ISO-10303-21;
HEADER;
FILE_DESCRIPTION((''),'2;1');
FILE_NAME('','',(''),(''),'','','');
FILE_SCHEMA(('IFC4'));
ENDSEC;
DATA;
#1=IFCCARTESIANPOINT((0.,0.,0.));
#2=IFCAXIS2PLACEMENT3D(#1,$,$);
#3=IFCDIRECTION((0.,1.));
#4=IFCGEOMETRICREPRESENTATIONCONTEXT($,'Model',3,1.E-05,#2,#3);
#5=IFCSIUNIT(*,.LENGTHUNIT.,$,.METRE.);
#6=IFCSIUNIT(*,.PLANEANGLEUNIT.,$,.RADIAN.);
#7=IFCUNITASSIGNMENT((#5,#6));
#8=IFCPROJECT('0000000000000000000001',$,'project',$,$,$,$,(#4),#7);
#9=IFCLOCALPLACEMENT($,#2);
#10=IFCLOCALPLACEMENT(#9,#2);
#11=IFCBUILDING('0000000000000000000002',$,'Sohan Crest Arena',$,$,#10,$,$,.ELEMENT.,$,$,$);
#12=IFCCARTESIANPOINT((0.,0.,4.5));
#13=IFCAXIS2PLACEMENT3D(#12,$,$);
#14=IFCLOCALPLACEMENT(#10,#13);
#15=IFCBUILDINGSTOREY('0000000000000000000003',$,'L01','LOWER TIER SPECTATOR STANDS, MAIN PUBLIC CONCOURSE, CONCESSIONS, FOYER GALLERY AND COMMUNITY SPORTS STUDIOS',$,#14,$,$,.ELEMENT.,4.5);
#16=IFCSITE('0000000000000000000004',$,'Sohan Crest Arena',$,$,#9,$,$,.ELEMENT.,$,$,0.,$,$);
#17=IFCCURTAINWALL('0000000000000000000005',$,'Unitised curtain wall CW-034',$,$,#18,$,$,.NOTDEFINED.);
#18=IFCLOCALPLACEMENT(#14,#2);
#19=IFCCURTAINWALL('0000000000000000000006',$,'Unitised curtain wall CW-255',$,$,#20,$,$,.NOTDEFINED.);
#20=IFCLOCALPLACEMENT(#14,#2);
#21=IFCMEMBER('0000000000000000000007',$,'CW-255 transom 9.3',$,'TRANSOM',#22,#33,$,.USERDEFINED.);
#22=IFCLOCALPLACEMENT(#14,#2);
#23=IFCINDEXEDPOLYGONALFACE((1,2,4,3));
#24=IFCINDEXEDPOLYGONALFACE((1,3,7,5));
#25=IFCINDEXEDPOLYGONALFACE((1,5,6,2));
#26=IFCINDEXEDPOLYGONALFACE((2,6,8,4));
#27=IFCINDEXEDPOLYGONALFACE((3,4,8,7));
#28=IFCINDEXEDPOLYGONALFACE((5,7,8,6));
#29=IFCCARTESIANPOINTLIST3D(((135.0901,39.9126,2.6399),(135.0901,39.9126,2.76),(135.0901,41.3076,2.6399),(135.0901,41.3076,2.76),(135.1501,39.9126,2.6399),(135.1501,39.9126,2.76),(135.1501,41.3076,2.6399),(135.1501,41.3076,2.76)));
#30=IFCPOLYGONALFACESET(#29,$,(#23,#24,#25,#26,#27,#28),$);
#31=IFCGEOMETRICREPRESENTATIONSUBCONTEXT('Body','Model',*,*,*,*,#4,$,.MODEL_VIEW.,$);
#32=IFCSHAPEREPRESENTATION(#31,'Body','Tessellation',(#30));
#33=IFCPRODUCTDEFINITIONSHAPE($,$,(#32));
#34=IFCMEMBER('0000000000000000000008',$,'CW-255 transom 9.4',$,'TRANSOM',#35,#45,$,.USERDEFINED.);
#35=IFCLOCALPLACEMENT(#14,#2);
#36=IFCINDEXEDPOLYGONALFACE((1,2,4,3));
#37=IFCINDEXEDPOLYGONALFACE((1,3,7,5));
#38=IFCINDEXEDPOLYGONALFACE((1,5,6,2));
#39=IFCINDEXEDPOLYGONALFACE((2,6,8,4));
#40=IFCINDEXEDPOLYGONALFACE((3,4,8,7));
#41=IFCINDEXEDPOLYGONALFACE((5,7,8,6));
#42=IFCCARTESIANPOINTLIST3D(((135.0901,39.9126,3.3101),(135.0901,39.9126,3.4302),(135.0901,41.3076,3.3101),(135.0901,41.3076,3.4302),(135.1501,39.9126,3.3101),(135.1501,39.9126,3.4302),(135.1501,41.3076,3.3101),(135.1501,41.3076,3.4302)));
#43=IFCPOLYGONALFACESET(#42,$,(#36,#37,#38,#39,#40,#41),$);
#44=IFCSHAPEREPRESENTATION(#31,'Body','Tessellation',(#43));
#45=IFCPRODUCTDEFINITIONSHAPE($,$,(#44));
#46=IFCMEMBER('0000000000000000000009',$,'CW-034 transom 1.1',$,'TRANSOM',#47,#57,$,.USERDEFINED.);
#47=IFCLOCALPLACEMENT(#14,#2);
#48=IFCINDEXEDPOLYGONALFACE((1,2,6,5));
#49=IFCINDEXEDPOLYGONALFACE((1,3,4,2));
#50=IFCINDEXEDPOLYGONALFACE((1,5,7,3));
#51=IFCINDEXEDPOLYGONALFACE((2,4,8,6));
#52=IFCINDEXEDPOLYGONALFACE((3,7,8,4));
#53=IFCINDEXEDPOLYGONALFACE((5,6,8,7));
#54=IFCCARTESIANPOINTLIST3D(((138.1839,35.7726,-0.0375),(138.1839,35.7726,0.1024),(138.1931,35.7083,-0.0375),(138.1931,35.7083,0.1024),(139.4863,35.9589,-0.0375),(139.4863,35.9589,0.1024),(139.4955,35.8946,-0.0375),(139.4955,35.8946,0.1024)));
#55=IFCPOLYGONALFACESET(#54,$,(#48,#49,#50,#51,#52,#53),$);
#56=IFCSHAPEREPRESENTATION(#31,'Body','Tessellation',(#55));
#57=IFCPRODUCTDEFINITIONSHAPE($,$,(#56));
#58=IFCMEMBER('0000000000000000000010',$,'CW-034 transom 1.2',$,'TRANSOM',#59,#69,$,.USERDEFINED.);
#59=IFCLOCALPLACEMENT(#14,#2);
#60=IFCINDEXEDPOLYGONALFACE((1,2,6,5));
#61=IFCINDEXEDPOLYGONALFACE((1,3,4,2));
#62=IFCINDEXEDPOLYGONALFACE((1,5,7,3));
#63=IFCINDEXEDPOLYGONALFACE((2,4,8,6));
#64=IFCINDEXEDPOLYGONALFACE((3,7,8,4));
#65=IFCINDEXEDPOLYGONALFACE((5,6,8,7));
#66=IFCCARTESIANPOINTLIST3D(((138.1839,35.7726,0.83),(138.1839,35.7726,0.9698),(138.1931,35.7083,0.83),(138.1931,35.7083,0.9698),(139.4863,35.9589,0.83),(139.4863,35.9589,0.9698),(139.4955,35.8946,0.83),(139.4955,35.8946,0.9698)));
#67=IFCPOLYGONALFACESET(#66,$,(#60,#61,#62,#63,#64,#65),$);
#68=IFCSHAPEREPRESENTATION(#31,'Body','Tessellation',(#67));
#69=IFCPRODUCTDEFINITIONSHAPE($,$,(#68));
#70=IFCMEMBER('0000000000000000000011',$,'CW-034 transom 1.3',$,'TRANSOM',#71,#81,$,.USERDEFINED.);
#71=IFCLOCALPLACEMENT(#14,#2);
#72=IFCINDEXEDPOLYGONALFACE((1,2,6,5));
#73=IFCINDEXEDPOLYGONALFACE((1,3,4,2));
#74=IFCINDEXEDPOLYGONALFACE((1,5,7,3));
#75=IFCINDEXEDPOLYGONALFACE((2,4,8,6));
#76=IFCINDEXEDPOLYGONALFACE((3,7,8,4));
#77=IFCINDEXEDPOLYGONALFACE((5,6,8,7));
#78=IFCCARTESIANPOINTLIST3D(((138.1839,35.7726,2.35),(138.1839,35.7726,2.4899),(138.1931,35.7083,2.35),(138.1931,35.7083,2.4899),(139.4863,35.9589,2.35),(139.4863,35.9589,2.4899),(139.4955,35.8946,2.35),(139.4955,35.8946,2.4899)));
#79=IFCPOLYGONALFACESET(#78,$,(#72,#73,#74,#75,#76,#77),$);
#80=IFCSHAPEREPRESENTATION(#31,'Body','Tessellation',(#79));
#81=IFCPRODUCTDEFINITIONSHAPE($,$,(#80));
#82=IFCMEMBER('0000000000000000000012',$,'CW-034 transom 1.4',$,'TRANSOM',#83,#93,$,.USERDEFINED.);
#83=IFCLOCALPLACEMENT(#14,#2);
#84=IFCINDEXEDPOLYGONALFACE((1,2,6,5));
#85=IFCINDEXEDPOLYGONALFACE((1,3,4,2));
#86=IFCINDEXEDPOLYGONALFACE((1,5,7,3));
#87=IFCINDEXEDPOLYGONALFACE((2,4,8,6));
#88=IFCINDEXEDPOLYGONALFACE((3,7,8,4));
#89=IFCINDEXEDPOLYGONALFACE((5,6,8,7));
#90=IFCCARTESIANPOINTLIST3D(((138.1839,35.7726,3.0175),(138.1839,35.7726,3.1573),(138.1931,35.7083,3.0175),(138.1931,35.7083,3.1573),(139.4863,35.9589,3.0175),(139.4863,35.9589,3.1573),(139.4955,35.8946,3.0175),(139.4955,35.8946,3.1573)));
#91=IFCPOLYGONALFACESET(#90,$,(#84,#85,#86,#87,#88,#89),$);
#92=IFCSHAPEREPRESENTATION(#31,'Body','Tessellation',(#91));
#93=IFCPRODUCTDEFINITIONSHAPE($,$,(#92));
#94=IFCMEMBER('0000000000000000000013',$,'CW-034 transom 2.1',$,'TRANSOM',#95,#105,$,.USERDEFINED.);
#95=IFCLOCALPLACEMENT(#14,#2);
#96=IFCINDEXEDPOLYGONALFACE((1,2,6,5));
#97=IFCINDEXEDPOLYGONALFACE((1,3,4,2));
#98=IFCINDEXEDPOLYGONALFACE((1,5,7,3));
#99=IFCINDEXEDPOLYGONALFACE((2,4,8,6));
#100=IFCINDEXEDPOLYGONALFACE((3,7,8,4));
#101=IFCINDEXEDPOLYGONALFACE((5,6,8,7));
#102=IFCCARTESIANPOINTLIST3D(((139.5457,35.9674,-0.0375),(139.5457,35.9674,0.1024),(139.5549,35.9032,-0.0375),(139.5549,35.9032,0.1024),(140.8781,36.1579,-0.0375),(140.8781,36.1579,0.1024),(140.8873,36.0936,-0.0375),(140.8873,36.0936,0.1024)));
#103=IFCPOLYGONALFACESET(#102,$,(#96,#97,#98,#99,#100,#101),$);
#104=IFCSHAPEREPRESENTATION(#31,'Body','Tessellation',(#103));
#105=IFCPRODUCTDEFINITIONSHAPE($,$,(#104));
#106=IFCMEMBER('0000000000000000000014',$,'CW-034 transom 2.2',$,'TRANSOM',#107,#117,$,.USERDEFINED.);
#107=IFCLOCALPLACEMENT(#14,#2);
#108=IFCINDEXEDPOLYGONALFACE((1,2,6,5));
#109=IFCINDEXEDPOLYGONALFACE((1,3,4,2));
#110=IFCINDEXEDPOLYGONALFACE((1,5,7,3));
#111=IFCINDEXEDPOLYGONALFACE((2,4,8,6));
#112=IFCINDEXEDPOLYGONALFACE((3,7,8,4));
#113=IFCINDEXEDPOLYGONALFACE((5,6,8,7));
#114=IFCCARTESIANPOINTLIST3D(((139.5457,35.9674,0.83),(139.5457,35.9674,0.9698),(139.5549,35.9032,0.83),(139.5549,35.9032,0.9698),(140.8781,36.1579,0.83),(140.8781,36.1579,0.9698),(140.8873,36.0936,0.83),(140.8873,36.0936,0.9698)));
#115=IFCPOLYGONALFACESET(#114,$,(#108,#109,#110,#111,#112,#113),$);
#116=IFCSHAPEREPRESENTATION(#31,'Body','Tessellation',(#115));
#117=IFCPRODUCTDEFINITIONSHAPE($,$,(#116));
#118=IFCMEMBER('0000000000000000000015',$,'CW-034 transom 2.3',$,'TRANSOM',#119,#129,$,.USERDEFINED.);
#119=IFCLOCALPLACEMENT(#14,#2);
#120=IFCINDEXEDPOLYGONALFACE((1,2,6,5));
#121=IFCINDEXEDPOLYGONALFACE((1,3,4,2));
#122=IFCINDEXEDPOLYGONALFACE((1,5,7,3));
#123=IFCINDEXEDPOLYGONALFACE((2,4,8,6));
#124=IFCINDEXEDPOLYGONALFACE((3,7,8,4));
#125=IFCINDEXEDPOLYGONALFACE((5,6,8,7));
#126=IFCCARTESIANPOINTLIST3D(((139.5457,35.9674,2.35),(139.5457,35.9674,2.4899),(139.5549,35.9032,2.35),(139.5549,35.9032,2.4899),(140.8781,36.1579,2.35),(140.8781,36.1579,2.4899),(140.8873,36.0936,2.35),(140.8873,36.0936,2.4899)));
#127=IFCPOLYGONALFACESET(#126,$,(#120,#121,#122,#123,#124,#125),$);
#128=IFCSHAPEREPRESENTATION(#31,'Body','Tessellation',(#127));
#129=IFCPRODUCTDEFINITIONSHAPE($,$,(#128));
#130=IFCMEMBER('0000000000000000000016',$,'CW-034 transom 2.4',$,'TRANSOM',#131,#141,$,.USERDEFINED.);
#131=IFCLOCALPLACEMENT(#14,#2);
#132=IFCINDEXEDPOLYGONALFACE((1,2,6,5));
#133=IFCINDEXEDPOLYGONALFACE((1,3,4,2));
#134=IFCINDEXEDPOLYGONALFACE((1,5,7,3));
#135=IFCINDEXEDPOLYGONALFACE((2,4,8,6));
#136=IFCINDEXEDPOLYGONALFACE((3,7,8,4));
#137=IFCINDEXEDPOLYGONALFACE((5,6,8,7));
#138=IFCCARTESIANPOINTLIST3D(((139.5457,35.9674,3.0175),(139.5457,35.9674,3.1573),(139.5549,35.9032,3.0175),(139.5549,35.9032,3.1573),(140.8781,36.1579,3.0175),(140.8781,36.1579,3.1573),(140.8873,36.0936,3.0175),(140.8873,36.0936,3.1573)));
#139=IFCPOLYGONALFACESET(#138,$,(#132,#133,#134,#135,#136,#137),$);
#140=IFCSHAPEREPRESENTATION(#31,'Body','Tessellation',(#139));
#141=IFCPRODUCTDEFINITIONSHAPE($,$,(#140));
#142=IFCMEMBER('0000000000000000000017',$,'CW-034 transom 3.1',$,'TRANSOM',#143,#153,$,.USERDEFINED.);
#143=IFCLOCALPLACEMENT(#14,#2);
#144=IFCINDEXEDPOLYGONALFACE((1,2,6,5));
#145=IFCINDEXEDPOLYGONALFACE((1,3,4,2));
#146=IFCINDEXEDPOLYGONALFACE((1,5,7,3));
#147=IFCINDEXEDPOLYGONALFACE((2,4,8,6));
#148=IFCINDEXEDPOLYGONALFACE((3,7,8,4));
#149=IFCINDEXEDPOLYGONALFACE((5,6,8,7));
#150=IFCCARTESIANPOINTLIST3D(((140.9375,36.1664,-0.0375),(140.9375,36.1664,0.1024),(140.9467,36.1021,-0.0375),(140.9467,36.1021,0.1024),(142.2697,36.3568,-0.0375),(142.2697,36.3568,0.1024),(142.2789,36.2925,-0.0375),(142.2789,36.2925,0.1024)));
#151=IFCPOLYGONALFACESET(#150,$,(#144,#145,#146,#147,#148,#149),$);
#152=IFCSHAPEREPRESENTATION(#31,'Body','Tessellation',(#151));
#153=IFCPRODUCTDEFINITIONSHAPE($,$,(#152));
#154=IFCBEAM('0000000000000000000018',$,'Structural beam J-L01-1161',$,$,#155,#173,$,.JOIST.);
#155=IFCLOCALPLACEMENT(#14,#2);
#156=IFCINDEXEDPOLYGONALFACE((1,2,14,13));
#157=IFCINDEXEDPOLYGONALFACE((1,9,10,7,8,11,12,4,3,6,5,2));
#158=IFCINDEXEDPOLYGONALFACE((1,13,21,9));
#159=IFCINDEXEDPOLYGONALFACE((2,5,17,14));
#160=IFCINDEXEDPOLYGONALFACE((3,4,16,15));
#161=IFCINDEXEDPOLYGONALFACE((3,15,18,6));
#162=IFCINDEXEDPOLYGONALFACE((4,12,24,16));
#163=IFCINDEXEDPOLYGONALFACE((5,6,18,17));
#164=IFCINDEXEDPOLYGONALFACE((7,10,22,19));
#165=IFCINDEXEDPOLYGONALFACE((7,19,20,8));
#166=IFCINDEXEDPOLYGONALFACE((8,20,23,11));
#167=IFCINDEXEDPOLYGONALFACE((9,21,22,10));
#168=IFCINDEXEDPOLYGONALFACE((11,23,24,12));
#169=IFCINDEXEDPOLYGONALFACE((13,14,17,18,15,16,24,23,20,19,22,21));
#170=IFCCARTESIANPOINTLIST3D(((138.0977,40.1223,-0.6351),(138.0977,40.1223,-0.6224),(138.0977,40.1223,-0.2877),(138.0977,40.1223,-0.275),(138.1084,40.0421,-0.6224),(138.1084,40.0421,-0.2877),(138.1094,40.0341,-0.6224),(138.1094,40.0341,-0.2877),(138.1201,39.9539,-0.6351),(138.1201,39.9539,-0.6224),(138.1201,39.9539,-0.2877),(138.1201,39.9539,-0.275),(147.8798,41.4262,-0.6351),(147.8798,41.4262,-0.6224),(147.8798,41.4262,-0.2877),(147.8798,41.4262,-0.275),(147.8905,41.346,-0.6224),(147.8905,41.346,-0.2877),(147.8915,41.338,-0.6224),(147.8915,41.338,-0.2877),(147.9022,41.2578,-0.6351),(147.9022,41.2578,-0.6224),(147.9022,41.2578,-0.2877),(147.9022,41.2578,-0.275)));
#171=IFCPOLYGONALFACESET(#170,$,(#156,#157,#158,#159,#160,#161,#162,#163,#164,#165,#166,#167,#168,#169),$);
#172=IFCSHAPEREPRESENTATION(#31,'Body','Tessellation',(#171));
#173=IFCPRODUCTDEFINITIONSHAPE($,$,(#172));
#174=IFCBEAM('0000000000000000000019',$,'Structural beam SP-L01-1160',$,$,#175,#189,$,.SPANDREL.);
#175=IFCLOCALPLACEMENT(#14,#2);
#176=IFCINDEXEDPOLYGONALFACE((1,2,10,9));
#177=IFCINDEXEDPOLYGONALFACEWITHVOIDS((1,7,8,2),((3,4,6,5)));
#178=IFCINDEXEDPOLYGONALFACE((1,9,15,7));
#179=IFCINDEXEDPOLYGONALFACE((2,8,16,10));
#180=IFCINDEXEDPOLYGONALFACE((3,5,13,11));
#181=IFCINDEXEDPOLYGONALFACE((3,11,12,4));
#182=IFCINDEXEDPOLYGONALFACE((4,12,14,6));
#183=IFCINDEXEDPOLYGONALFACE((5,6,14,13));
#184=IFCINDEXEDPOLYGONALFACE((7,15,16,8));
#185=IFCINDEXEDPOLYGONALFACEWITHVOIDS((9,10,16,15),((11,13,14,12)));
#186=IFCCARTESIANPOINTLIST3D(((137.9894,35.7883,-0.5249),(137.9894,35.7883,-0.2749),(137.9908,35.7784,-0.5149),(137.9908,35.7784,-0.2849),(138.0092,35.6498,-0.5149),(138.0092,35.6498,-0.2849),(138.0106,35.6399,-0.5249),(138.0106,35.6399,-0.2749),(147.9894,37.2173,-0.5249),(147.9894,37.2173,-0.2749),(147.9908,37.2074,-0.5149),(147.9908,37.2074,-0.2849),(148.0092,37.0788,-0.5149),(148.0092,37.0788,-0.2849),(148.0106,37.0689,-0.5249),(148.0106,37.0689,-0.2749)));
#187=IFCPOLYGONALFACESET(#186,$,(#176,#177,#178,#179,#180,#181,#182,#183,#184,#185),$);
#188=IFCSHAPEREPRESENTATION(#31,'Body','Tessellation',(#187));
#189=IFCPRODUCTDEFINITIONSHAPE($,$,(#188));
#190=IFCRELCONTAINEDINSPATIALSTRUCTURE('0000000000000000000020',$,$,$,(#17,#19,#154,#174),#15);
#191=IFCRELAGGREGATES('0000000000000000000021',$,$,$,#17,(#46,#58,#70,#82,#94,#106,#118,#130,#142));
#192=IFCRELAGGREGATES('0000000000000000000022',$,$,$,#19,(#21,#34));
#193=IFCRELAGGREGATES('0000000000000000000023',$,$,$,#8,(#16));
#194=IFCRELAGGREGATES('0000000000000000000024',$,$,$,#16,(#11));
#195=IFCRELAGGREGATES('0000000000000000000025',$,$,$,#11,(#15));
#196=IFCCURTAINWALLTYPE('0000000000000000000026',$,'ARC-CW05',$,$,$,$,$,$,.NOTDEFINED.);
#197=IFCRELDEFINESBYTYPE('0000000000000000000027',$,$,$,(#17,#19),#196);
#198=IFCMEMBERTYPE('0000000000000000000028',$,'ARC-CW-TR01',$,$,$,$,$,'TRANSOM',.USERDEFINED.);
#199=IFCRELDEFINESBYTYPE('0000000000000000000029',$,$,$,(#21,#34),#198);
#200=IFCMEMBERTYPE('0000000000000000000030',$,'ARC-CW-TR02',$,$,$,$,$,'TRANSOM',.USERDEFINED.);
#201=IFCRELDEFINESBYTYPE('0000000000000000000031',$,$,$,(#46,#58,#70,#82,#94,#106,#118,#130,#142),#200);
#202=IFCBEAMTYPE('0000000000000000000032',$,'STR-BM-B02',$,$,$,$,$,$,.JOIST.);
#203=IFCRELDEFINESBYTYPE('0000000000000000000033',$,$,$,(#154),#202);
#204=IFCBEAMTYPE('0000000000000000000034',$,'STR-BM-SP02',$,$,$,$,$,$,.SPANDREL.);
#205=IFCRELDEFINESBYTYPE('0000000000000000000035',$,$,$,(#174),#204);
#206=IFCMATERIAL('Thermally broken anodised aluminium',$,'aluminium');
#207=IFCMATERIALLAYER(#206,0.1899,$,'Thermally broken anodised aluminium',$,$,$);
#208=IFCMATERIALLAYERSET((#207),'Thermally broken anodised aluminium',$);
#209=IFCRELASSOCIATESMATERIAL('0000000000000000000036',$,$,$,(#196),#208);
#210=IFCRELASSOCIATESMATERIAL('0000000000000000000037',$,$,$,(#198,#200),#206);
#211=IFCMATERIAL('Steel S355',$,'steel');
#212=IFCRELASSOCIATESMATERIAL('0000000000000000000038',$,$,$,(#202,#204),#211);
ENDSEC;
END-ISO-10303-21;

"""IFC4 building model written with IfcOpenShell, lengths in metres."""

from ifc_helpers import new_model, si_unit, direction, frame, origin, origin_2d, place, context, subcontext, project, spatial, rectangle, hollow_rectangle, i_section, extrude, material, layer, layer_set, material_profile, profile_set, type_object, element, aggregate, save


model = new_model("IFC4")

# Units and contexts
model_context = context("Model", 3, precision=1e-05, world=origin(), true_north=direction((0.0, 1.0)))
body_context = subcontext(model_context, "Body", "Model", "MODEL_VIEW")
ifc_project = project(units=[si_unit("LENGTHUNIT", "METRE"), si_unit("PLANEANGLEUNIT", "RADIAN")], contexts=[model_context])

# Site, building, storey
site_placement = place(None, origin())
site = spatial("IfcSite", under=ifc_project, at=site_placement, Name="Sohan Crest Arena", CompositionType="ELEMENT", RefElevation=0.0)
building_placement = place(site_placement, origin())
building = spatial("IfcBuilding", under=site, at=building_placement, Name="Sohan Crest Arena", CompositionType="ELEMENT")
storey_placement = place(building_placement, frame((0.0, 0.0, 4.5)))
storey = spatial("IfcBuildingStorey", under=building, at=storey_placement, Name="L01", Description="LOWER TIER SPECTATOR STANDS, MAIN PUBLIC CONCOURSE, CONCESSIONS, FOYER GALLERY AND COMMUNITY SPORTS STUDIOS", CompositionType="ELEMENT", Elevation=4.5)

# Shared definitions
ifc_material_1 = material(Name="Steel S355", Category="steel")

# Curtain wall
ifc_material_2 = material(Name="Thermally broken anodised aluminium", Category="aluminium")
ifc_layer_1 = layer(ifc_material_2, 0.1899, Name="Thermally broken anodised aluminium")
ifc_layer_set_1 = layer_set([ifc_layer_1], Name="Thermally broken anodised aluminium")
curtain_wall_type_1 = type_object("IfcCurtainWallType", Name="ARC-CW05", PredefinedType="NOTDEFINED", material=ifc_layer_set_1)
curtain_wall_1_placement = place(storey_placement, origin())
curtain_wall_1 = element("IfcCurtainWall", 1, at=curtain_wall_1_placement, inside=storey, type_object=curtain_wall_type_1, Name="Unitised curtain wall CW-034", PredefinedType="NOTDEFINED")

# Curtain wall
curtain_wall_2_placement = place(storey_placement, origin())
curtain_wall_2 = element("IfcCurtainWall", 2, at=curtain_wall_2_placement, inside=storey, type_object=curtain_wall_type_1, Name="Unitised curtain wall CW-255", PredefinedType="NOTDEFINED")

# Shared definitions
ifc_material_profile_1 = material_profile(ifc_material_2, rectangle(XDim=0.0601, YDim=0.1201, at=origin_2d()), Name="ALU-TRAN 60x120")
ifc_profile_set_1 = profile_set([ifc_material_profile_1], Name="Thermally broken anodised aluminium")
member_type_1 = type_object("IfcMemberType", Name="ARC-CW-TR01", ElementType="TRANSOM", PredefinedType="USERDEFINED", material=ifc_profile_set_1)

# Members
member_1_placement = place(storey_placement, frame((135.1201, 39.9126, 2.7), z_axis=(0.0, 1.0, 0.0), x_axis=(-1.0, 0.0, 0.0)))
member_1 = element("IfcMember", 3, at=member_1_placement, type_object=member_type_1, Name="CW-255 transom 9.3", ObjectType="TRANSOM", PredefinedType="USERDEFINED", context=body_context, shape_type="SweptSolid", body=[
    extrude(rectangle(XDim=0.0601, YDim=0.1201, at=origin_2d()), origin(), (0.0, 0.0, 1.0), 1.395),
])
member_2_placement = place(storey_placement, frame((135.1201, 39.9126, 3.3701), z_axis=(0.0, 1.0, 0.0), x_axis=(-1.0, 0.0, 0.0)))
member_2 = element("IfcMember", 4, at=member_2_placement, type_object=member_type_1, Name="CW-255 transom 9.4", ObjectType="TRANSOM", PredefinedType="USERDEFINED", context=body_context, shape_type="SweptSolid", body=[
    extrude(rectangle(XDim=0.0601, YDim=0.1201, at=origin_2d()), origin(), (0.0, 0.0, 1.0), 1.395),
])
ifc_material_profile_2 = material_profile(ifc_material_2, rectangle(XDim=0.0649, YDim=0.1399, at=origin_2d()), Name="ALU-TRAN 65x140")
ifc_profile_set_2 = profile_set([ifc_material_profile_2], Name="Thermally broken anodised aluminium")
member_type_2 = type_object("IfcMemberType", Name="ARC-CW-TR02", ElementType="TRANSOM", PredefinedType="USERDEFINED", material=ifc_profile_set_2)
member_3_placement = place(storey_placement, frame((138.1885, 35.7405, 0.0325), z_axis=(0.989927, 0.141577, 0.0), x_axis=(-0.141577, 0.989927, 0.0)))
member_3 = element("IfcMember", 5, at=member_3_placement, type_object=member_type_2, Name="CW-034 transom 1.1", ObjectType="TRANSOM", PredefinedType="USERDEFINED", context=body_context, shape_type="SweptSolid", body=[
    extrude(rectangle(XDim=0.0649, YDim=0.1399, at=origin_2d()), origin(), (0.0, 0.0, 1.0), 1.3157),
])
member_4_placement = place(storey_placement, frame((138.1885, 35.7405, 0.8999), z_axis=(0.989927, 0.141577, 0.0), x_axis=(-0.141577, 0.989927, 0.0)))
member_4 = element("IfcMember", 6, at=member_4_placement, type_object=member_type_2, Name="CW-034 transom 1.2", ObjectType="TRANSOM", PredefinedType="USERDEFINED", context=body_context, shape_type="SweptSolid", body=[
    extrude(rectangle(XDim=0.0649, YDim=0.1399, at=origin_2d()), origin(), (0.0, 0.0, 1.0), 1.3157),
])
member_5_placement = place(storey_placement, frame((138.1885, 35.7405, 2.4199), z_axis=(0.989927, 0.141577, 0.0), x_axis=(-0.141577, 0.989927, 0.0)))
member_5 = element("IfcMember", 7, at=member_5_placement, type_object=member_type_2, Name="CW-034 transom 1.3", ObjectType="TRANSOM", PredefinedType="USERDEFINED", context=body_context, shape_type="SweptSolid", body=[
    extrude(rectangle(XDim=0.0649, YDim=0.1399, at=origin_2d()), origin(), (0.0, 0.0, 1.0), 1.3157),
])
member_6_placement = place(storey_placement, frame((138.1885, 35.7405, 3.0874), z_axis=(0.989927, 0.141577, 0.0), x_axis=(-0.141577, 0.989927, 0.0)))
member_6 = element("IfcMember", 8, at=member_6_placement, type_object=member_type_2, Name="CW-034 transom 1.4", ObjectType="TRANSOM", PredefinedType="USERDEFINED", context=body_context, shape_type="SweptSolid", body=[
    extrude(rectangle(XDim=0.0649, YDim=0.1399, at=origin_2d()), origin(), (0.0, 0.0, 1.0), 1.3157),
])
member_7_placement = place(storey_placement, frame((139.5503, 35.9353, 0.0325), z_axis=(0.989942, 0.141472, 0.0), x_axis=(-0.141472, 0.989942, 0.0)))
member_7 = element("IfcMember", 9, at=member_7_placement, type_object=member_type_2, Name="CW-034 transom 2.1", ObjectType="TRANSOM", PredefinedType="USERDEFINED", context=body_context, shape_type="SweptSolid", body=[
    extrude(rectangle(XDim=0.0649, YDim=0.1399, at=origin_2d()), origin(), (0.0, 0.0, 1.0), 1.3459),
])
member_8_placement = place(storey_placement, frame((139.5503, 35.9353, 0.8999), z_axis=(0.989942, 0.141472, 0.0), x_axis=(-0.141472, 0.989942, 0.0)))
member_8 = element("IfcMember", 10, at=member_8_placement, type_object=member_type_2, Name="CW-034 transom 2.2", ObjectType="TRANSOM", PredefinedType="USERDEFINED", context=body_context, shape_type="SweptSolid", body=[
    extrude(rectangle(XDim=0.0649, YDim=0.1399, at=origin_2d()), origin(), (0.0, 0.0, 1.0), 1.3459),
])
member_9_placement = place(storey_placement, frame((139.5503, 35.9353, 2.4199), z_axis=(0.989942, 0.141472, 0.0), x_axis=(-0.141472, 0.989942, 0.0)))
member_9 = element("IfcMember", 11, at=member_9_placement, type_object=member_type_2, Name="CW-034 transom 2.3", ObjectType="TRANSOM", PredefinedType="USERDEFINED", context=body_context, shape_type="SweptSolid", body=[
    extrude(rectangle(XDim=0.0649, YDim=0.1399, at=origin_2d()), origin(), (0.0, 0.0, 1.0), 1.3459),
])
member_10_placement = place(storey_placement, frame((139.5503, 35.9353, 3.0874), z_axis=(0.989942, 0.141472, 0.0), x_axis=(-0.141472, 0.989942, 0.0)))
member_10 = element("IfcMember", 12, at=member_10_placement, type_object=member_type_2, Name="CW-034 transom 2.4", ObjectType="TRANSOM", PredefinedType="USERDEFINED", context=body_context, shape_type="SweptSolid", body=[
    extrude(rectangle(XDim=0.0649, YDim=0.1399, at=origin_2d()), origin(), (0.0, 0.0, 1.0), 1.3459),
])
member_11_placement = place(storey_placement, frame((140.9421, 36.1343, 0.0325), z_axis=(0.989939, 0.141498, 0.0), x_axis=(-0.141498, 0.989939, 0.0)))
member_11 = element("IfcMember", 13, at=member_11_placement, type_object=member_type_2, Name="CW-034 transom 3.1", ObjectType="TRANSOM", PredefinedType="USERDEFINED", context=body_context, shape_type="SweptSolid", body=[
    extrude(rectangle(XDim=0.0649, YDim=0.1399, at=origin_2d()), origin(), (0.0, 0.0, 1.0), 1.3457),
])

# Beams
ifc_material_profile_3 = material_profile(ifc_material_1, i_section(OverallWidth=0.1699, OverallDepth=0.3601, WebThickness=0.0081, FlangeThickness=0.0127, at=origin_2d()), Name="IPE 360")
ifc_profile_set_3 = profile_set([ifc_material_profile_3], Name="Steel S355")
beam_type_1 = type_object("IfcBeamType", Name="STR-BM-B02", PredefinedType="JOIST", material=ifc_profile_set_3)
beam_1_placement = place(storey_placement, frame((138.1089, 40.0381, -0.4551), z_axis=(0.991232, 0.13213, 0.0), x_axis=(-0.13213, 0.991232, 0.0)))
element("IfcBeam", 14, at=beam_1_placement, inside=storey, type_object=beam_type_1, Name="Structural beam J-L01-1161", PredefinedType="JOIST", context=body_context, shape_type="SweptSolid", body=[
    extrude(i_section(OverallWidth=0.1699, OverallDepth=0.3601, WebThickness=0.0081, FlangeThickness=0.0127, at=origin_2d()), origin(), (0.0, 0.0, 1.0), 9.8687),
])
ifc_material_profile_4 = material_profile(ifc_material_1, hollow_rectangle(XDim=0.1499, YDim=0.25, WallThickness=0.01, at=origin_2d()), Name="RHS 250x150x10")
ifc_profile_set_4 = profile_set([ifc_material_profile_4], Name="Steel S355")
beam_type_2 = type_object("IfcBeamType", Name="STR-BM-SP02", PredefinedType="SPANDREL", material=ifc_profile_set_4)
beam_2_placement = place(storey_placement, frame((138.0, 35.7141, -0.3999), z_axis=(0.989944, 0.141459, 0.0), x_axis=(-0.141459, 0.989944, 0.0)))
element("IfcBeam", 15, at=beam_2_placement, inside=storey, type_object=beam_type_2, Name="Structural beam SP-L01-1160", PredefinedType="SPANDREL", context=body_context, shape_type="SweptSolid", body=[
    extrude(hollow_rectangle(XDim=0.1499, YDim=0.25, WallThickness=0.01, at=origin_2d()), origin(), (0.0, 0.0, 1.0), 10.1016),
])

aggregate(curtain_wall_1, [member_3, member_4, member_5, member_6, member_7, member_8, member_9, member_10, member_11])
aggregate(curtain_wall_2, [member_1, member_2])

save(model, "model.ifc")
